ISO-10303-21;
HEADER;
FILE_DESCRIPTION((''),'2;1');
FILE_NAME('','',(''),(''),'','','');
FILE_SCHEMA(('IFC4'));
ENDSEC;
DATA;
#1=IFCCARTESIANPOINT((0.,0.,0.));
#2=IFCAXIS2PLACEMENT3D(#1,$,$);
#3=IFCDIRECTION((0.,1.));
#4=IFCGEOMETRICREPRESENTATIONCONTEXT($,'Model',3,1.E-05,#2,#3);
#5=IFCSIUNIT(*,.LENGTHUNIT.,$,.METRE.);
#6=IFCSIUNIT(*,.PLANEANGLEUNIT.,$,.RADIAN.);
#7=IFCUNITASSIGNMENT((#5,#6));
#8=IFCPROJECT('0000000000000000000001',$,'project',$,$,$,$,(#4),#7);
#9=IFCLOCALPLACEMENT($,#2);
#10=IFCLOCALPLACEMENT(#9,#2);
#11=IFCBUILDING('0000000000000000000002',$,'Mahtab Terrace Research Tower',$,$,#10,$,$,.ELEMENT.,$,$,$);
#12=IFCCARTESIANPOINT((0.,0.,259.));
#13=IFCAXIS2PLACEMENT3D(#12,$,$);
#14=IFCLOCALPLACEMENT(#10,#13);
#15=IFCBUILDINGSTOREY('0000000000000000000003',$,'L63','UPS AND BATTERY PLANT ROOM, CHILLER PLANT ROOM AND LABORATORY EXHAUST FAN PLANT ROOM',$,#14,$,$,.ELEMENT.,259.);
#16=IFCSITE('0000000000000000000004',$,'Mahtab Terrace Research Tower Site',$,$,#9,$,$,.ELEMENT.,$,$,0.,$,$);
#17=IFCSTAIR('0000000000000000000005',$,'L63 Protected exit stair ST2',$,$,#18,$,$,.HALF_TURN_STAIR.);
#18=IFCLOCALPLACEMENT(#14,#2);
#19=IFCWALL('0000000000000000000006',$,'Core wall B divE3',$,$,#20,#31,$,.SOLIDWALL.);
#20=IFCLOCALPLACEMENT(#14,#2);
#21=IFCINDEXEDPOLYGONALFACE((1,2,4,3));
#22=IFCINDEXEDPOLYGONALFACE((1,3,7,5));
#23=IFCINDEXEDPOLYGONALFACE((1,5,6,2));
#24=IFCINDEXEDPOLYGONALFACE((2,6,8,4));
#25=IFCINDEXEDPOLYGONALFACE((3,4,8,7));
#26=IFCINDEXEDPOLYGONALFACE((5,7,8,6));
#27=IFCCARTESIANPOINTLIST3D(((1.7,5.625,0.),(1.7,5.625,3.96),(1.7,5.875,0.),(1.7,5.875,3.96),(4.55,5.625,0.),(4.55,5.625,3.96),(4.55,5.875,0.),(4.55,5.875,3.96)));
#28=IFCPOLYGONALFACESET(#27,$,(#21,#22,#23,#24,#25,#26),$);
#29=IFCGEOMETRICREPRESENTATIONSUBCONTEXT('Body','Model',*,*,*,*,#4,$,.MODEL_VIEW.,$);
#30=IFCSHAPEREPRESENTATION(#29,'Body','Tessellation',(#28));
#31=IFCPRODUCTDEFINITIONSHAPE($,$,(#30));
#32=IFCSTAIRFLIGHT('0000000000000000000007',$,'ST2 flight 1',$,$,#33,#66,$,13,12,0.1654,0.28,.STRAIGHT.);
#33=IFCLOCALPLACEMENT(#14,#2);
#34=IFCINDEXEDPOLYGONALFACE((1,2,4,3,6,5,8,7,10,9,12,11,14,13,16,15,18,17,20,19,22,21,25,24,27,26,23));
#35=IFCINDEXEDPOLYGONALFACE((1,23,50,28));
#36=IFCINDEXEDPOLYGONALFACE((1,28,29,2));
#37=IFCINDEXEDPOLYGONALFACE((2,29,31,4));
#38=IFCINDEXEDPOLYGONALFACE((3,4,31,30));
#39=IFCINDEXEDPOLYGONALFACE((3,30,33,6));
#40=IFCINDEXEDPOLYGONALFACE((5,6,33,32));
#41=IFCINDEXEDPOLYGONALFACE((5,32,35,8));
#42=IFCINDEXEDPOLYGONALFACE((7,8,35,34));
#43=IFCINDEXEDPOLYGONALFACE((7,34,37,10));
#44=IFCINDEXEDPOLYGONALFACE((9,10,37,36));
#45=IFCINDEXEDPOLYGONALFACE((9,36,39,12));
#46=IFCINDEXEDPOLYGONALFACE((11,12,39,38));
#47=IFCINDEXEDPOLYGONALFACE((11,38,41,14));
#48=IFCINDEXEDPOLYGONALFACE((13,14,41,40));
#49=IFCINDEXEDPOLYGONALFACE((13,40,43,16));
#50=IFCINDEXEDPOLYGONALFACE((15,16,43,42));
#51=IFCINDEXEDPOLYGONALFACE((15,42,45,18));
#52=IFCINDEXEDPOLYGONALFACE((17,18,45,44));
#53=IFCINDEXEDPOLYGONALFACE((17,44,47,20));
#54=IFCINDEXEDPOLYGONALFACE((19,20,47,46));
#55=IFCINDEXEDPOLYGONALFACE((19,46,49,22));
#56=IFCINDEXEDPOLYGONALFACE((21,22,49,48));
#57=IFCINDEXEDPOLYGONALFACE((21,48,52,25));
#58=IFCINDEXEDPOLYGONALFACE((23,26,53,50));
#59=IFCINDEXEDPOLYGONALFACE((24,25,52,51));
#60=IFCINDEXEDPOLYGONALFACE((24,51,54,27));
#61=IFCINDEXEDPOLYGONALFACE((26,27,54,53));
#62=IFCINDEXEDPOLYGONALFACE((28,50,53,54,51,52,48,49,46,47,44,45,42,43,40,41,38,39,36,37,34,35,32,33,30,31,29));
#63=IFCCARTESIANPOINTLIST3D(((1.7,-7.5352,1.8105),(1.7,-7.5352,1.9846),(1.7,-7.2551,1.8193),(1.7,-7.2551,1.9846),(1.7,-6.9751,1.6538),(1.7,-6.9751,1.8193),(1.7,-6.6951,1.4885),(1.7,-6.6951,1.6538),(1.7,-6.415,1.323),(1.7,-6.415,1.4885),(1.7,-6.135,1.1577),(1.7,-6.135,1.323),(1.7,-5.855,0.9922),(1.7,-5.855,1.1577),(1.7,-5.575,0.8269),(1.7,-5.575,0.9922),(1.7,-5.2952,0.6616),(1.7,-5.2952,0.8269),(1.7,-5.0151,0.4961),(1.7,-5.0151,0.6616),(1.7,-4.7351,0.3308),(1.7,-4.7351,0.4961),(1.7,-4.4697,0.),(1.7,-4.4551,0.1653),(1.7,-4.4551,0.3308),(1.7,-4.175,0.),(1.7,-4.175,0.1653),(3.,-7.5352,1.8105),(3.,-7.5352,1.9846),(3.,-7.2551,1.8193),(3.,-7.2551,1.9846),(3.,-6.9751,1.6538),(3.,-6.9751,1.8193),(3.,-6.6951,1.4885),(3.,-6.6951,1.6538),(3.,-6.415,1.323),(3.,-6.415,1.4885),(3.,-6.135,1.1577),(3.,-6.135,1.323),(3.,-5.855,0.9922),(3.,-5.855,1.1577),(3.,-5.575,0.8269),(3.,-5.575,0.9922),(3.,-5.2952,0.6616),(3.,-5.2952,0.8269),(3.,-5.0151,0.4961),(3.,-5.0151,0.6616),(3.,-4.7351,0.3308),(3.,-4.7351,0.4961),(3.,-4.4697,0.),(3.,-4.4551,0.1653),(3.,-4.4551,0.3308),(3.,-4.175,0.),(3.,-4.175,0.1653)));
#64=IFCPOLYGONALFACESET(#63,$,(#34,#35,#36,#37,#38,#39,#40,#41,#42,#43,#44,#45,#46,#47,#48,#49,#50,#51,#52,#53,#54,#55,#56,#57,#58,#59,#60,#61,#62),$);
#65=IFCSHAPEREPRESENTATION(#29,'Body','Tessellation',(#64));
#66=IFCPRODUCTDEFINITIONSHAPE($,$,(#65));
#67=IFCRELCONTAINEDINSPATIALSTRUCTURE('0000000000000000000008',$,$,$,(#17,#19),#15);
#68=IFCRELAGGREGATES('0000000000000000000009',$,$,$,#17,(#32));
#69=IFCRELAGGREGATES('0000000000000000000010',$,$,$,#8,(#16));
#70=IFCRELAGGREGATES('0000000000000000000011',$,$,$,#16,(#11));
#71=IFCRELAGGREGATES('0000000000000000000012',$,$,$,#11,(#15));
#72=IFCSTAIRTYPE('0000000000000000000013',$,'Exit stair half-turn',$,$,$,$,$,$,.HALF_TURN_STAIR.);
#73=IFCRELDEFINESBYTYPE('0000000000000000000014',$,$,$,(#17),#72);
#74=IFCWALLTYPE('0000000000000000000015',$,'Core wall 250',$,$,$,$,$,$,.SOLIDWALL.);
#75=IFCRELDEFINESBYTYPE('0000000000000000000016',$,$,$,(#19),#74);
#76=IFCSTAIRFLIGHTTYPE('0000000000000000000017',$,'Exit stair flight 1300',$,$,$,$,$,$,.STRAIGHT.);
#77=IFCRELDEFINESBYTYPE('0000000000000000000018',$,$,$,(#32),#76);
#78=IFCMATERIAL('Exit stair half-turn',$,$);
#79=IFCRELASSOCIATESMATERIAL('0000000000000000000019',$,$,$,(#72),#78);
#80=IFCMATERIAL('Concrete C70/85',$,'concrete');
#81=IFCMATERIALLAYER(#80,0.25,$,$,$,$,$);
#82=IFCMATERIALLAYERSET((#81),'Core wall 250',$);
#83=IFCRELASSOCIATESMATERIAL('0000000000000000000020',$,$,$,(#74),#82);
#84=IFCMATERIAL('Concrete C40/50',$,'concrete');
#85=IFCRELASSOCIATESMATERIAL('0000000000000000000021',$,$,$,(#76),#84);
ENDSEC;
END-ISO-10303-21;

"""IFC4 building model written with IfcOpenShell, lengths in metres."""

from ifc_helpers import new_model, si_unit, direction, frame, frame_2d, origin, place, context, subcontext, project, spatial, polyline, rectangle, outline, extrude, material, layer, layer_set, type_object, element, aggregate, save


model = new_model("IFC4")

# Units and contexts
model_context = context("Model", 3, precision=1e-05, world=origin(), true_north=direction((0.0, 1.0)))
body_context = subcontext(model_context, "Body", "Model", "MODEL_VIEW")
ifc_project = project(units=[si_unit("LENGTHUNIT", "METRE"), si_unit("PLANEANGLEUNIT", "RADIAN")], contexts=[model_context])

# Site, building, storey
site_placement = place(None, origin())
site = spatial("IfcSite", under=ifc_project, at=site_placement, Name="Mahtab Terrace Research Tower Site", CompositionType="ELEMENT", RefElevation=0.0)
building_placement = place(site_placement, origin())
building = spatial("IfcBuilding", under=site, at=building_placement, Name="Mahtab Terrace Research Tower", CompositionType="ELEMENT")
storey_placement = place(building_placement, frame((0.0, 0.0, 259.0)))
storey = spatial("IfcBuildingStorey", under=building, at=storey_placement, Name="L63", Description="UPS AND BATTERY PLANT ROOM, CHILLER PLANT ROOM AND LABORATORY EXHAUST FAN PLANT ROOM", CompositionType="ELEMENT", Elevation=259.0)

# Shared definitions
ifc_material_1 = material(Name="Concrete C70/85", Category="concrete")

# Stair
ifc_material_2 = material(Name="Exit stair half-turn")
stair_type = type_object("IfcStairType", Name="Exit stair half-turn", PredefinedType="HALF_TURN_STAIR", material=ifc_material_2)
ifc_material_3 = material(Name="Concrete C40/50", Category="concrete")
stair_1_placement = place(storey_placement, origin())
stair_1 = element("IfcStair", 1, at=stair_1_placement, inside=storey, type_object=stair_type, Name="L63 Protected exit stair ST2", PredefinedType="HALF_TURN_STAIR")

# Wall
ifc_layer_1 = layer(ifc_material_1, 0.25)
ifc_layer_set_1 = layer_set([ifc_layer_1], Name="Core wall 250")
wall_type = type_object("IfcWallType", Name="Core wall 250", PredefinedType="SOLIDWALL", material=ifc_layer_set_1)
for number, where, z_axis, x_axis, name in (
    (2, (1.7, 5.75, 0.0), (0.0, 0.0, 1.0), (1.0, 0.0, 0.0), "Core wall B divE3"),
):
    element("IfcWall", number, at=place(storey_placement, frame(where, z_axis=z_axis, x_axis=x_axis)), inside=storey, type_object=wall_type, Name=name, PredefinedType="SOLIDWALL", context=body_context, shape_type="SweptSolid", body=[
        extrude(rectangle(XDim=2.8501, YDim=0.25, at=frame_2d((1.425, 0.0))), origin(), (0.0, 0.0, 1.0), 3.96),
    ])

# Stair flight
stair_flight_type = type_object("IfcStairFlightType", Name="Exit stair flight 1300", PredefinedType="STRAIGHT", material=ifc_material_3)
stair_flight_placement = place(storey_placement, frame((2.3501, -4.175, 0.0), z_axis=(0.0, 0.0, 1.0), x_axis=(0.0, -1.0, 0.0)))
stair_flight = element("IfcStairFlight", 3, at=stair_flight_placement, type_object=stair_flight_type, Name="ST2 flight 1", NumberOfRisers=13, NumberOfTreads=12, PredefinedType="STRAIGHT", RiserHeight=0.1654, TreadLength=0.28, context=body_context, shape_type="SweptSolid", body=[
    extrude(outline(polyline([(0.0, 0.0), (0.0, 0.1653), (0.28, 0.1653), (0.28, 0.3308), (0.5601, 0.3308), (0.5601, 0.4961), (0.8401, 0.4961), (0.8401, 0.6616), (1.1201, 0.6616), (1.1201, 0.8269), (1.3999, 0.8269), (1.3999, 0.9922), (1.6799, 0.9922), (1.6799, 1.1577), (1.96, 1.1577), (1.96, 1.323), (2.24, 1.323), (2.24, 1.4885), (2.52, 1.4885), (2.52, 1.6538), (2.8, 1.6538), (2.8, 1.8193), (3.0801, 1.8193), (3.0801, 1.9846), (3.3601, 1.9846), (3.3601, 2.1499), (3.3601, 1.8105), (0.2947, 0.0), (0.0, 0.0)])), frame((0.0, 0.6499, 0.0), z_axis=(0.0, -1.0, 0.0), x_axis=(1.0, 0.0, 0.0)), (0.0, 0.0, 1.0), 1.3),
])
aggregate(stair_1, [stair_flight])

save(model, "model.ifc")
